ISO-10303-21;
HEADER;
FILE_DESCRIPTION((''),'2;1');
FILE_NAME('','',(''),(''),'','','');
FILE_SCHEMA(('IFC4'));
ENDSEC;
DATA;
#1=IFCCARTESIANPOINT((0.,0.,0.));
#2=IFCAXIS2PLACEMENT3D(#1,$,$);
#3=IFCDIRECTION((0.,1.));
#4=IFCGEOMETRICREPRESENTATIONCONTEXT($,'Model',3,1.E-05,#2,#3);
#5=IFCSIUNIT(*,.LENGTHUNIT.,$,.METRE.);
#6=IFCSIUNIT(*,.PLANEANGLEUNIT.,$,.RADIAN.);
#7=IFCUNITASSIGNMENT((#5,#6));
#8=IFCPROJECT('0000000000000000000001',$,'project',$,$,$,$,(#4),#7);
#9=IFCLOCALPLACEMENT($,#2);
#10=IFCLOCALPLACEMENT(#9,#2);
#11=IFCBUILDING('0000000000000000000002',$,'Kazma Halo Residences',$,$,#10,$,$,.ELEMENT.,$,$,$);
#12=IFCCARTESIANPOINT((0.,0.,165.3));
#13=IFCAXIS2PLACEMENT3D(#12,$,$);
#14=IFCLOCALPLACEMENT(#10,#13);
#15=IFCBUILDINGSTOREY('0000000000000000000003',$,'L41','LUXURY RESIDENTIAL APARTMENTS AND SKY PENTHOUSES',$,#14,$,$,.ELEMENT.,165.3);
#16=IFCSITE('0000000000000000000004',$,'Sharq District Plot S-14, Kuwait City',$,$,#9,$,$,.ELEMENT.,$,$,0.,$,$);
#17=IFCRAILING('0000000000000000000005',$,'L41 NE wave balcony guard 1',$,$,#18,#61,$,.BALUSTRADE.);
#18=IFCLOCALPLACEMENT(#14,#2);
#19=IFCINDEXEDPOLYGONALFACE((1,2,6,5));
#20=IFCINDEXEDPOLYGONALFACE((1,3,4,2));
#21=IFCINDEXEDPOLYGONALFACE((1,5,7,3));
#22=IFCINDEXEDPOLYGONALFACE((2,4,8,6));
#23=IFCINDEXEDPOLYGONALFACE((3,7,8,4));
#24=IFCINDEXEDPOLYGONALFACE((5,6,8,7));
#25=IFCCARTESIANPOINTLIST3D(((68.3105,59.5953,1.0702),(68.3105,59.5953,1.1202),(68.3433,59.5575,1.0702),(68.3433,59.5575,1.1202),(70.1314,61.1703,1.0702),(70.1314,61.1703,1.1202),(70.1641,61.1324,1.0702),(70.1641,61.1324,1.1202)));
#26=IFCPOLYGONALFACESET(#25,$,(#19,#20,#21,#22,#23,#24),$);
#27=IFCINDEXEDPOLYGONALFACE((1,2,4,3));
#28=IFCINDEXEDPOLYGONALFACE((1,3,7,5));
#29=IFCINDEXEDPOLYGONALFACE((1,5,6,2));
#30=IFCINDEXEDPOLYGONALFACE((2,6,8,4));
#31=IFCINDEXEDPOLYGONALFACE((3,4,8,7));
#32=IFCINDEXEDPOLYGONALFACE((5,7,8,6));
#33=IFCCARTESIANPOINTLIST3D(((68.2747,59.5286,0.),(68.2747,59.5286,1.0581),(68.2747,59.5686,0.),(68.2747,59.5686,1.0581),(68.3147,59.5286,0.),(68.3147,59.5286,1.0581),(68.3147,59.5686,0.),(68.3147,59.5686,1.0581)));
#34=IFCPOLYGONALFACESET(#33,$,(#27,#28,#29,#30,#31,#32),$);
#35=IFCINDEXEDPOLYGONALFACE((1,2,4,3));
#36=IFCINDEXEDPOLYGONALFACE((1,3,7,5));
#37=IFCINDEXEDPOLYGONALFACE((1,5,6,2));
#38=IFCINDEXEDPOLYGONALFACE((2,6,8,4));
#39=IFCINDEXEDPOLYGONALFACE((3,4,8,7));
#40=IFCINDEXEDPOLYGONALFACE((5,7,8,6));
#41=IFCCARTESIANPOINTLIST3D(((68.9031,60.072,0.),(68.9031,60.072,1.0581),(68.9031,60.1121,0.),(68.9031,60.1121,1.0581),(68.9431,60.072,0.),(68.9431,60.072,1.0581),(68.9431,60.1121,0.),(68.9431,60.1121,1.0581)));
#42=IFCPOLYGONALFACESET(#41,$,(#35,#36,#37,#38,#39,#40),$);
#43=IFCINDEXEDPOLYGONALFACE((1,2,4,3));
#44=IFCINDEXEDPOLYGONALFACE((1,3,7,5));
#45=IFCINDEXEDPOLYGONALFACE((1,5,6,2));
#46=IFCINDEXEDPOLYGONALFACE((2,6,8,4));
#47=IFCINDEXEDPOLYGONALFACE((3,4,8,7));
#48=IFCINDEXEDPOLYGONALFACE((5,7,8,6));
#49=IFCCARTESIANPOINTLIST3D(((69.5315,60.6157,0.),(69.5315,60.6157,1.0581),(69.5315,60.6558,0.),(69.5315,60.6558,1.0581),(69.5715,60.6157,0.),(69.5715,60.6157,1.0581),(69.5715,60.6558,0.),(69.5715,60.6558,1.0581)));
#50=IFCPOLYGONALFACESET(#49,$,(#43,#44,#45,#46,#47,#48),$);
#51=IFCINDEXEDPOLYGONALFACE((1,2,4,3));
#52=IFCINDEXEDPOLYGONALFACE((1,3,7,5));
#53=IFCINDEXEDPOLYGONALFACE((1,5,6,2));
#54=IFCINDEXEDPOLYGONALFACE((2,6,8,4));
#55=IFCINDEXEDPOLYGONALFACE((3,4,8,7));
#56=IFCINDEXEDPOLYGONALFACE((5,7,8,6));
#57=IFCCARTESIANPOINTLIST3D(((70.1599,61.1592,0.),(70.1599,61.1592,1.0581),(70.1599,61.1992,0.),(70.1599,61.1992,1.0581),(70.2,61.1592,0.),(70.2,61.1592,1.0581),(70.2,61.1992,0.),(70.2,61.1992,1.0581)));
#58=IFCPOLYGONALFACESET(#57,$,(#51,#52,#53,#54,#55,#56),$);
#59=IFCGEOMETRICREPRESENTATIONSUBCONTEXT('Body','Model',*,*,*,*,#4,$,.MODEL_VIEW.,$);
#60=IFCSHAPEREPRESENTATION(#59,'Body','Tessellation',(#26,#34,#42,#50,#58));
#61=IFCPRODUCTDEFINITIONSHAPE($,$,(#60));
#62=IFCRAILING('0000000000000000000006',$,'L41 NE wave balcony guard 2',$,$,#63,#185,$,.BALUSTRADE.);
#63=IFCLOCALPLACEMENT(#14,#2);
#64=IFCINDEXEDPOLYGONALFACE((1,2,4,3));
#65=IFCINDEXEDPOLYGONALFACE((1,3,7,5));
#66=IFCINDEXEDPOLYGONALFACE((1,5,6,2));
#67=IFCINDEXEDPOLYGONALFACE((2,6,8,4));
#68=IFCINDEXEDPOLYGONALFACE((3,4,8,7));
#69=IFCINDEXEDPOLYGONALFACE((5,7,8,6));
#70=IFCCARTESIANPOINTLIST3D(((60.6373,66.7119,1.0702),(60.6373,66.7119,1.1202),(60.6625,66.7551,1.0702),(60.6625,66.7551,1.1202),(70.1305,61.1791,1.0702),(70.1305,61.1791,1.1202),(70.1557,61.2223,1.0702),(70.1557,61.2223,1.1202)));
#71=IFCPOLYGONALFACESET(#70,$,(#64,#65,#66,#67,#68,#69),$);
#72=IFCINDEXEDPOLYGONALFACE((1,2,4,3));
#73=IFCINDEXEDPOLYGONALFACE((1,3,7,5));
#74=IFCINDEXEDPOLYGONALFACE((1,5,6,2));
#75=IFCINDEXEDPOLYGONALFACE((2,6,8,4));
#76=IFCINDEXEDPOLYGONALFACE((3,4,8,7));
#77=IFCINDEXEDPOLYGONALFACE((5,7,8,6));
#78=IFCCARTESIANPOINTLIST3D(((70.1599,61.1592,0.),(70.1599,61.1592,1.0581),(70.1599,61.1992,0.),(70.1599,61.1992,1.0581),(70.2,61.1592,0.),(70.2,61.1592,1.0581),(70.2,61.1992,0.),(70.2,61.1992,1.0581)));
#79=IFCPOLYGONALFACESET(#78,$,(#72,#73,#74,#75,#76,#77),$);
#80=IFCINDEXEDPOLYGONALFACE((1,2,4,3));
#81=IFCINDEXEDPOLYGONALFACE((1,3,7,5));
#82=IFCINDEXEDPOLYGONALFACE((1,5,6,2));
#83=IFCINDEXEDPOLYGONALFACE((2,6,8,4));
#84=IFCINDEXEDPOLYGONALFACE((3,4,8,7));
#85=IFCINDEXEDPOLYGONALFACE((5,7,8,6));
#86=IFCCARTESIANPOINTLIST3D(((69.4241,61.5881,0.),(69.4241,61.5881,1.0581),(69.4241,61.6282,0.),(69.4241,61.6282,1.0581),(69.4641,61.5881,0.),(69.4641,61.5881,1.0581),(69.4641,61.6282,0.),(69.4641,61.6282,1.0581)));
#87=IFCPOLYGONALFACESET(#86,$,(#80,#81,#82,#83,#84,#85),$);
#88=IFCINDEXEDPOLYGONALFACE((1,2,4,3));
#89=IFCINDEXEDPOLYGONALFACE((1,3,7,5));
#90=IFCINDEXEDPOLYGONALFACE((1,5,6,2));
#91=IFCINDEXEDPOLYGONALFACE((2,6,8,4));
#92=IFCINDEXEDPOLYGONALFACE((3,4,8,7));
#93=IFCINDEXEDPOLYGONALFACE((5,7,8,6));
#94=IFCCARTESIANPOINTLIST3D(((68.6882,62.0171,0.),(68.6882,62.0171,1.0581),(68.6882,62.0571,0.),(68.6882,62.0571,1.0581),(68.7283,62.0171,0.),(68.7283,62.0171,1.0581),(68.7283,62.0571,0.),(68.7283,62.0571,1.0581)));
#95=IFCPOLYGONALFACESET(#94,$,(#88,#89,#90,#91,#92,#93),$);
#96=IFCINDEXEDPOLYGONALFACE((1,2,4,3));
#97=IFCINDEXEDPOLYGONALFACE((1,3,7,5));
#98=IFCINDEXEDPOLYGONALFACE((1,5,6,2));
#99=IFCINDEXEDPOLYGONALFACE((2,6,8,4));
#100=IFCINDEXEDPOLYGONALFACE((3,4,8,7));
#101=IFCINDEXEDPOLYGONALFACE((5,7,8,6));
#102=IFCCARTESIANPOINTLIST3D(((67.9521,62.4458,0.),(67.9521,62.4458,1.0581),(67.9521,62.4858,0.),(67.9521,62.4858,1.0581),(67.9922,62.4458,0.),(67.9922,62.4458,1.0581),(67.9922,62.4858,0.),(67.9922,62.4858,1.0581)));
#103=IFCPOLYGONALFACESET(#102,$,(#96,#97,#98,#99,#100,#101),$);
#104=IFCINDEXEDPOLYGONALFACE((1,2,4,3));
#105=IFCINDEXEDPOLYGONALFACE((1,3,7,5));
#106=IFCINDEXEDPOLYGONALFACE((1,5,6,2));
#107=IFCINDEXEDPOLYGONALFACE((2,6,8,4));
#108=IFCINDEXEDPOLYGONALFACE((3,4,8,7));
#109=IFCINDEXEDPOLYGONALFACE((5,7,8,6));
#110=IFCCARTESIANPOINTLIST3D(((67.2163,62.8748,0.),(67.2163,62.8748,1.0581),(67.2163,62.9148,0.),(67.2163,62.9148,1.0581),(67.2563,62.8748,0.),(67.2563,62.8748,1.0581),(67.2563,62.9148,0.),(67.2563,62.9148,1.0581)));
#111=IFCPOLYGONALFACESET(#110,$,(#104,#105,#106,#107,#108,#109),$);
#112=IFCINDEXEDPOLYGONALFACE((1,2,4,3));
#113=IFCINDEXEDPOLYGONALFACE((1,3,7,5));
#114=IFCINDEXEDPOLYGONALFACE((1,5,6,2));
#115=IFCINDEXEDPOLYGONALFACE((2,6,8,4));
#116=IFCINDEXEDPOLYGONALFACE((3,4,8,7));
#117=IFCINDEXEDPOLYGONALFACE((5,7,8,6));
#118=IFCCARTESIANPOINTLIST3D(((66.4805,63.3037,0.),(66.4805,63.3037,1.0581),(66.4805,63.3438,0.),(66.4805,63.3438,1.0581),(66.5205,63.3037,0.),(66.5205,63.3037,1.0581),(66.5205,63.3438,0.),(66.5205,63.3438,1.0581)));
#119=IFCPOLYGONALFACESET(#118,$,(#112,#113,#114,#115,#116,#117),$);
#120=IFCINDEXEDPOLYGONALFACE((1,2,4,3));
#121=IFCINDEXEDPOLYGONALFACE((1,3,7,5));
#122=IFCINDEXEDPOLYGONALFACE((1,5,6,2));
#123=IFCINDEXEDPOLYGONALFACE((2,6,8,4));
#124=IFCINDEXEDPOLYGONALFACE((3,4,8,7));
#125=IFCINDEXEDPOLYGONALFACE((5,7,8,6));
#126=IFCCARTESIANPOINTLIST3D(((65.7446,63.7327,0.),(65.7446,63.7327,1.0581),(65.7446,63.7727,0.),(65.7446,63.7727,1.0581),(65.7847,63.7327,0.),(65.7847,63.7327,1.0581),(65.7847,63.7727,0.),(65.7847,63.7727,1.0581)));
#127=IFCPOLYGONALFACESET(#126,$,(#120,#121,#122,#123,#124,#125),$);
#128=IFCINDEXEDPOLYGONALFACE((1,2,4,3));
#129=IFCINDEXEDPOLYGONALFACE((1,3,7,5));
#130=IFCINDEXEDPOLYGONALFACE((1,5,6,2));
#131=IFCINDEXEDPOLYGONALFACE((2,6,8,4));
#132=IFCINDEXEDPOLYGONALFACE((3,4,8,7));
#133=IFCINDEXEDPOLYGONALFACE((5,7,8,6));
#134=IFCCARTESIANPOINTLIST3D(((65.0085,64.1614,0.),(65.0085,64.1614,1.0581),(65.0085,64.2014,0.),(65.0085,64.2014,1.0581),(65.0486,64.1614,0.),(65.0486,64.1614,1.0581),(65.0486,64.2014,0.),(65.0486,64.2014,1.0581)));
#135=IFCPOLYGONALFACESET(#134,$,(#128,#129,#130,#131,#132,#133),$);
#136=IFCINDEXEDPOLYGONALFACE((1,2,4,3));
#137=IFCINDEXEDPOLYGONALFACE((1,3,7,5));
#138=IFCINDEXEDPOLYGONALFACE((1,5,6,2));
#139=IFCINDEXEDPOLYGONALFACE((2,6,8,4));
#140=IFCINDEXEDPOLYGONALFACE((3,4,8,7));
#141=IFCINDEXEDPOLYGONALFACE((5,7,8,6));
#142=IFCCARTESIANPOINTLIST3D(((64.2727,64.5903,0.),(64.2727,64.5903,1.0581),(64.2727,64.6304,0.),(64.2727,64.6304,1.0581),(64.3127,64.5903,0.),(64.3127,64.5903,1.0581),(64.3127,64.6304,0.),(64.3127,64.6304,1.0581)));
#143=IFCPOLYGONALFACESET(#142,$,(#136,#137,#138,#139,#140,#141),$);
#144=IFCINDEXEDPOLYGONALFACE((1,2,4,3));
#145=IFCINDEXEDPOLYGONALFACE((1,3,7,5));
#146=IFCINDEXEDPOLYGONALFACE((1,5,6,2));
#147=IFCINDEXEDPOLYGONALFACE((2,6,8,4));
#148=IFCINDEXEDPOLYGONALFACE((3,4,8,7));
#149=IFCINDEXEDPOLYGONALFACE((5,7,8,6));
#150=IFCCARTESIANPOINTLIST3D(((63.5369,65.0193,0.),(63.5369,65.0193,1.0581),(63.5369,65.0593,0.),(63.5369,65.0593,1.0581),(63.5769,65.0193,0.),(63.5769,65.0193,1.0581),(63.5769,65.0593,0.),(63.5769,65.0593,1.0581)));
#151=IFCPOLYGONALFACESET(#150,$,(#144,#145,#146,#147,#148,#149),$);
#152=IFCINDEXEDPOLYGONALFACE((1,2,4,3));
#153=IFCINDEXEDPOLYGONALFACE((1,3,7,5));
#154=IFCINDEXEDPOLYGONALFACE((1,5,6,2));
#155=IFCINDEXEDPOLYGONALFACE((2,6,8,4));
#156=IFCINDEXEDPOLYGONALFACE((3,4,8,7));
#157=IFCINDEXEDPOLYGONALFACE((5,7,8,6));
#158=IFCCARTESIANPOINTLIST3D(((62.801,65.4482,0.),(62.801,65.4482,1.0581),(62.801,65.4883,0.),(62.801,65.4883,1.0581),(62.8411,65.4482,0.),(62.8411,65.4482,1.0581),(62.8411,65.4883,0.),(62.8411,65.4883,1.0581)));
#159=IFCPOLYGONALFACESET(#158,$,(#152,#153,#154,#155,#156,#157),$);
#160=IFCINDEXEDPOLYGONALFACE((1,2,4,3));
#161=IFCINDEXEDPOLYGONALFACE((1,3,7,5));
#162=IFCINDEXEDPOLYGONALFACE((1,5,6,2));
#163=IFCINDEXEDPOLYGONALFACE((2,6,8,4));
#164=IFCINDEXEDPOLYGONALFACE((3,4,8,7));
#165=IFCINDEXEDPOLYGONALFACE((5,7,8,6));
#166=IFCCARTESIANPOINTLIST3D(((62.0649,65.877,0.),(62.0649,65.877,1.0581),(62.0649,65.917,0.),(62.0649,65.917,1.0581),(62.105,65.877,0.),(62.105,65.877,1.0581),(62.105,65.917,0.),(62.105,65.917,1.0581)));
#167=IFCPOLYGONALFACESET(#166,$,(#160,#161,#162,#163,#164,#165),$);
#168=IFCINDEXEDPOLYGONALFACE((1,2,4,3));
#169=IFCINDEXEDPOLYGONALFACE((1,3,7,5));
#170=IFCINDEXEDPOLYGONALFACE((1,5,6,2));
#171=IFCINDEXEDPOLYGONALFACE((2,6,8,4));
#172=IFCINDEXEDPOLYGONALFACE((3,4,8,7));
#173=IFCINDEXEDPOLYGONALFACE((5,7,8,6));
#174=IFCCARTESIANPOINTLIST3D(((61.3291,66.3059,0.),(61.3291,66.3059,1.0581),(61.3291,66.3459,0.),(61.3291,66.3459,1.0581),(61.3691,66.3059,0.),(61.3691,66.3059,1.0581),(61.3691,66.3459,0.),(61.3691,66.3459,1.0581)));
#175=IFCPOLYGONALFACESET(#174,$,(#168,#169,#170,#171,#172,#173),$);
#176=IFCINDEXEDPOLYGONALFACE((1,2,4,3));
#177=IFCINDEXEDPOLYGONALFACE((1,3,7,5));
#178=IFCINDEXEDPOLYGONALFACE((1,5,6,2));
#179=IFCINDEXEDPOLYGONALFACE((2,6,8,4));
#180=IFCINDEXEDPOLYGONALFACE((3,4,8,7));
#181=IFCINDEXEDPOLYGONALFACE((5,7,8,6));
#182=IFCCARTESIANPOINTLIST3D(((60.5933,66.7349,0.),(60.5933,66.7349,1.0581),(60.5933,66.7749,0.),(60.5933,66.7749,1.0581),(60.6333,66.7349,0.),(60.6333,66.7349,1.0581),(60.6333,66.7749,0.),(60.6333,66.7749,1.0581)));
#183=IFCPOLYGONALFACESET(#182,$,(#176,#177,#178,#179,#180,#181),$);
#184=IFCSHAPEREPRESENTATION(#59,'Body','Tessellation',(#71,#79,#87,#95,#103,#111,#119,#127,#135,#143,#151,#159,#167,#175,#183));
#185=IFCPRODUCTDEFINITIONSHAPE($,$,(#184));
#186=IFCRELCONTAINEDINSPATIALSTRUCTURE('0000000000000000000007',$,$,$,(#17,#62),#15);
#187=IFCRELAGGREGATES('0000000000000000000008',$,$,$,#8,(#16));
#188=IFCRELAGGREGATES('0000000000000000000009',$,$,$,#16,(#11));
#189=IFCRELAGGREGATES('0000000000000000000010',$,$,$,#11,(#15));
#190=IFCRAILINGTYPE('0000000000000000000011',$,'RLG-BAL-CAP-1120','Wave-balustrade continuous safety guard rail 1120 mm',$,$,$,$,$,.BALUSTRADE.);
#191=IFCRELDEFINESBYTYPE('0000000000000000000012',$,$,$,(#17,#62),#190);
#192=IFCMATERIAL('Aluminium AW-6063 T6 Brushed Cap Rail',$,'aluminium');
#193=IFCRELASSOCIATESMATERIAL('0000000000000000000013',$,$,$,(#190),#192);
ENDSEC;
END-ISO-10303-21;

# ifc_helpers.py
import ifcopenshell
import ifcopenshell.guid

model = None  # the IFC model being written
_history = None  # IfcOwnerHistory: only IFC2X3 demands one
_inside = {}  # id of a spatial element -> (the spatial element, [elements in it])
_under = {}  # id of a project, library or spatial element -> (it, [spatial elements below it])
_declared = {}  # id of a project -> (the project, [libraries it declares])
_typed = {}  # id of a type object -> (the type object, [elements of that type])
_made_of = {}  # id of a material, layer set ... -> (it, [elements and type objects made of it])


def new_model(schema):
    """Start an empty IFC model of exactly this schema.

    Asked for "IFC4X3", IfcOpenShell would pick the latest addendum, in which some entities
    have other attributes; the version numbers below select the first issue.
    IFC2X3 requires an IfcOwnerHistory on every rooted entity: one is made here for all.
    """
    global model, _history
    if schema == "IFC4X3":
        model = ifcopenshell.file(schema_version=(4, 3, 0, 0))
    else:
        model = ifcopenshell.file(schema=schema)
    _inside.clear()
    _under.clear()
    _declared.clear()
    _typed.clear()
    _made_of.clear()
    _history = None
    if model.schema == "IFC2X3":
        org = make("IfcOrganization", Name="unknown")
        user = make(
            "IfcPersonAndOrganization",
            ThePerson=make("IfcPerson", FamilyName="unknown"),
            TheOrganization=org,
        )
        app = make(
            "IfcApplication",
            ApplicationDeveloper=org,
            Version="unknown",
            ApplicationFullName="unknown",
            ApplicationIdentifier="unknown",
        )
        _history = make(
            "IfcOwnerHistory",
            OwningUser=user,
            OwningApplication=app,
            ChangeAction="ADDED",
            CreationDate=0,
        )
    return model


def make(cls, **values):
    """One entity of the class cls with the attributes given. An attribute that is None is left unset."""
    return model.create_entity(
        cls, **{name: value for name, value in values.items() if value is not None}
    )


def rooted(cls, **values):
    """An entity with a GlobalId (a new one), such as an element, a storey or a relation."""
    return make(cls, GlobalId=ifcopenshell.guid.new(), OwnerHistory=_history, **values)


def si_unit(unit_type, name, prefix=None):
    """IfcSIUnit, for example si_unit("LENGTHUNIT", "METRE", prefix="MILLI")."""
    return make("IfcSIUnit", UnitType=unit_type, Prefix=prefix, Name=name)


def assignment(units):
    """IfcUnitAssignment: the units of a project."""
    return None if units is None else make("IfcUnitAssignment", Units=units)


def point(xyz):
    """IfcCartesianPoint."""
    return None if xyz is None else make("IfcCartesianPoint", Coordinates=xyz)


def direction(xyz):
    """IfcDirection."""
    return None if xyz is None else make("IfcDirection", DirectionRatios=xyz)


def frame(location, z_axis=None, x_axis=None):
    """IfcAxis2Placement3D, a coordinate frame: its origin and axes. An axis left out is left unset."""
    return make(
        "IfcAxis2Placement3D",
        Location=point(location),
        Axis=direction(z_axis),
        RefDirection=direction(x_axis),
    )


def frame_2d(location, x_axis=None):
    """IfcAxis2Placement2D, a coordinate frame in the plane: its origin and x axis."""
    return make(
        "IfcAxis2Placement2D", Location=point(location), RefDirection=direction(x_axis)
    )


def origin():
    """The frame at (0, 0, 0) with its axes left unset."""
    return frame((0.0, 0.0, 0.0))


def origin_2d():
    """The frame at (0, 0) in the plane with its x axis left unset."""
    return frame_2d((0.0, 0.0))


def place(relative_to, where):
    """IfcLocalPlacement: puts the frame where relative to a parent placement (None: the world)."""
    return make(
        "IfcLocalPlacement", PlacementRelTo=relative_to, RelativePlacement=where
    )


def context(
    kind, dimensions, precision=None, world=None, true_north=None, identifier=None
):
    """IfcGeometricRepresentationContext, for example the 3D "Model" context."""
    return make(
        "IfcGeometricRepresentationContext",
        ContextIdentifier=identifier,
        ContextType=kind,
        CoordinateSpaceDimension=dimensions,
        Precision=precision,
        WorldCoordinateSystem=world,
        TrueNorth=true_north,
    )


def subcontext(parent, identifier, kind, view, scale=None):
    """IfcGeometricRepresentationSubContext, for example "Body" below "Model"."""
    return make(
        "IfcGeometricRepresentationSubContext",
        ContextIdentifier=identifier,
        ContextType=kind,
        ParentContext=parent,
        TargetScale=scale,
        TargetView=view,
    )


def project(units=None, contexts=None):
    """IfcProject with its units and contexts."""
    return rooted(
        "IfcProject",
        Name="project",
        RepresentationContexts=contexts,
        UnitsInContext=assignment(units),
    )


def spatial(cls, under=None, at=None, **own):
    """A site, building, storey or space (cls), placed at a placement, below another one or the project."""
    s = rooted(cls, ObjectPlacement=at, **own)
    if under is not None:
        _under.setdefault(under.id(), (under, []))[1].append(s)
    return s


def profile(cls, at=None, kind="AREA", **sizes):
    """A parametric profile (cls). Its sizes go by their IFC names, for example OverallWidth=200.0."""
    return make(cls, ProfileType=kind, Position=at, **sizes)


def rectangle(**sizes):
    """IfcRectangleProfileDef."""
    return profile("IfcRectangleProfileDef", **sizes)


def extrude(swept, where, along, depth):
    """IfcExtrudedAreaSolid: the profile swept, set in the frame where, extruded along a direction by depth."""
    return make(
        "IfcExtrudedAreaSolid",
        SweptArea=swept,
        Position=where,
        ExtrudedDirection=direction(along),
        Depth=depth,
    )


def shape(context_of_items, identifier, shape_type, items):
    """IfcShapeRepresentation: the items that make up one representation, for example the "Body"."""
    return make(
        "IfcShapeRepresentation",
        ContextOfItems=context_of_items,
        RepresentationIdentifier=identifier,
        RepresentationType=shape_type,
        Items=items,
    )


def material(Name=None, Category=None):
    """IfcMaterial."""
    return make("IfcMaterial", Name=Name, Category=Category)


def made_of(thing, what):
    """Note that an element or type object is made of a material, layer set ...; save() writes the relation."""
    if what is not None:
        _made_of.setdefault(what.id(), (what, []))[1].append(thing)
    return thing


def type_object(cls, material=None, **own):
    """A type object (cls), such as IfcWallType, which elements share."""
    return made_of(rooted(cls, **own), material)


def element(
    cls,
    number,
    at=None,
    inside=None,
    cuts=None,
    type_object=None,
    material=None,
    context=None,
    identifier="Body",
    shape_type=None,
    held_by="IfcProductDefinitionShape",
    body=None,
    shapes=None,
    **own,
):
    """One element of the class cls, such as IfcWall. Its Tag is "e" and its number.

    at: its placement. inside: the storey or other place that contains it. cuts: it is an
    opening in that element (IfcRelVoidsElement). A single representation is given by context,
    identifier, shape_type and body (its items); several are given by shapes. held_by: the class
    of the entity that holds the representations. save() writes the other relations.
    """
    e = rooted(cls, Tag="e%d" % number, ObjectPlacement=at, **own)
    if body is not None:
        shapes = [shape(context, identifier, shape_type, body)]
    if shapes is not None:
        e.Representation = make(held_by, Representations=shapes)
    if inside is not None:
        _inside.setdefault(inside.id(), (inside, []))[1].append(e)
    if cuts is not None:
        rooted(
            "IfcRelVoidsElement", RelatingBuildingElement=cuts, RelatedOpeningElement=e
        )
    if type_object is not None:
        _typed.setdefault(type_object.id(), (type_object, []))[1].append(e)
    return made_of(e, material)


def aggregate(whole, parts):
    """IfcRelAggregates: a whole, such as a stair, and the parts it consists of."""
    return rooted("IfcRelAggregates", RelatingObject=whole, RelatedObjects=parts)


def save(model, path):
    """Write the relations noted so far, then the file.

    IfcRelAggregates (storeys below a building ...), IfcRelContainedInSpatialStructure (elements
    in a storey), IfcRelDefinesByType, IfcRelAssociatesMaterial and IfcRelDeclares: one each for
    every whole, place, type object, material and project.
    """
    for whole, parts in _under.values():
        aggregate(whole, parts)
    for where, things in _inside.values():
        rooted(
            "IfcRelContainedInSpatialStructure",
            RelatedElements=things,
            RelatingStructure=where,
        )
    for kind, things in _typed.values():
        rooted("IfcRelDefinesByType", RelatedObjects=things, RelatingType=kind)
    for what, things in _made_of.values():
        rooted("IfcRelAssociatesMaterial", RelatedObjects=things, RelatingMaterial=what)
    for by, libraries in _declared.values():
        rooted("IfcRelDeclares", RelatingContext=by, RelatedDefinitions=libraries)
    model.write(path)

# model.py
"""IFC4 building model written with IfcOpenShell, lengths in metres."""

from ifc_helpers import new_model, si_unit, direction, frame, origin, origin_2d, place, context, subcontext, project, spatial, rectangle, extrude, material, type_object, element, save


model = new_model("IFC4")

# Units and contexts
model_context = context("Model", 3, precision=1e-05, world=origin(), true_north=direction((0.0, 1.0)))
body_context = subcontext(model_context, "Body", "Model", "MODEL_VIEW")
ifc_project = project(units=[si_unit("LENGTHUNIT", "METRE"), si_unit("PLANEANGLEUNIT", "RADIAN")], contexts=[model_context])

# Site, building, storey
site_placement = place(None, origin())
site = spatial("IfcSite", under=ifc_project, at=site_placement, Name="Sharq District Plot S-14, Kuwait City", CompositionType="ELEMENT", RefElevation=0.0)
building_placement = place(site_placement, origin())
building = spatial("IfcBuilding", under=site, at=building_placement, Name="Kazma Halo Residences", CompositionType="ELEMENT")
storey_placement = place(building_placement, frame((0.0, 0.0, 165.3)))
storey = spatial("IfcBuildingStorey", under=building, at=storey_placement, Name="L41", Description="LUXURY RESIDENTIAL APARTMENTS AND SKY PENTHOUSES", CompositionType="ELEMENT", Elevation=165.3)

# Railings
ifc_material_1 = material(Name="Aluminium AW-6063 T6 Brushed Cap Rail", Category="aluminium")
railing_type = type_object("IfcRailingType", Name="RLG-BAL-CAP-1120", Description="Wave-balustrade continuous safety guard rail 1120 mm", PredefinedType="BALUSTRADE", material=ifc_material_1)
railing_1_placement = place(storey_placement, frame((68.2947, 59.5486, 0.0)))
element("IfcRailing", 1, at=railing_1_placement, inside=storey, type_object=railing_type, Name="L41 NE wave balcony guard 1", PredefinedType="BALUSTRADE", context=body_context, shape_type="SweptSolid", body=[
    extrude(rectangle(XDim=0.05, YDim=0.05, at=origin_2d()), frame((0.0322, 0.0278, 1.0952), z_axis=(0.756338, 0.654181, 0.0), x_axis=(-0.654181, 0.756338, 0.0)), (0.0, 0.0, 1.0), 2.4075),
    extrude(rectangle(XDim=0.04, YDim=0.04, at=origin_2d()), origin(), (0.0, 0.0, 1.0), 1.0581),
    extrude(rectangle(XDim=0.04, YDim=0.04, at=origin_2d()), frame((0.6284, 0.5435, 0.0)), (0.0, 0.0, 1.0), 1.0581),
    extrude(rectangle(XDim=0.04, YDim=0.04, at=origin_2d()), frame((1.2568, 1.0872, 0.0)), (0.0, 0.0, 1.0), 1.0581),
    extrude(rectangle(XDim=0.04, YDim=0.04, at=origin_2d()), frame((1.8853, 1.6306, 0.0)), (0.0, 0.0, 1.0), 1.0581),
])
railing_2_placement = place(storey_placement, frame((70.1799, 61.1792, 0.0)))
element("IfcRailing", 2, at=railing_2_placement, inside=storey, type_object=railing_type, Name="L41 NE wave balcony guard 2", PredefinedType="BALUSTRADE", context=body_context, shape_type="SweptSolid", body=[
    extrude(rectangle(XDim=0.05, YDim=0.05, at=origin_2d()), frame((-0.0369, 0.0215, 1.0952), z_axis=(-0.86397, 0.503543, 0.0), x_axis=(-0.503543, -0.86397, 0.0)), (0.0, 0.0, 1.0), 10.9878),
    extrude(rectangle(XDim=0.04, YDim=0.04, at=origin_2d()), origin(), (0.0, 0.0, 1.0), 1.0581),
    extrude(rectangle(XDim=0.04, YDim=0.04, at=origin_2d()), frame((-0.7358, 0.429, 0.0)), (0.0, 0.0, 1.0), 1.0581),
    extrude(rectangle(XDim=0.04, YDim=0.04, at=origin_2d()), frame((-1.4717, 0.8579, 0.0)), (0.0, 0.0, 1.0), 1.0581),
    extrude(rectangle(XDim=0.04, YDim=0.04, at=origin_2d()), frame((-2.2078, 1.2866, 0.0)), (0.0, 0.0, 1.0), 1.0581),
    extrude(rectangle(XDim=0.04, YDim=0.04, at=origin_2d()), frame((-2.9436, 1.7156, 0.0)), (0.0, 0.0, 1.0), 1.0581),
    extrude(rectangle(XDim=0.04, YDim=0.04, at=origin_2d()), frame((-3.6794, 2.1445, 0.0)), (0.0, 0.0, 1.0), 1.0581),
    extrude(rectangle(XDim=0.04, YDim=0.04, at=origin_2d()), frame((-4.4153, 2.5735, 0.0)), (0.0, 0.0, 1.0), 1.0581),
    extrude(rectangle(XDim=0.04, YDim=0.04, at=origin_2d()), frame((-5.1514, 3.0022, 0.0)), (0.0, 0.0, 1.0), 1.0581),
    extrude(rectangle(XDim=0.04, YDim=0.04, at=origin_2d()), frame((-5.8872, 3.4312, 0.0)), (0.0, 0.0, 1.0), 1.0581),
    extrude(rectangle(XDim=0.04, YDim=0.04, at=origin_2d()), frame((-6.623, 3.8601, 0.0)), (0.0, 0.0, 1.0), 1.0581),
    extrude(rectangle(XDim=0.04, YDim=0.04, at=origin_2d()), frame((-7.3589, 4.2891, 0.0)), (0.0, 0.0, 1.0), 1.0581),
    extrude(rectangle(XDim=0.04, YDim=0.04, at=origin_2d()), frame((-8.095, 4.7178, 0.0)), (0.0, 0.0, 1.0), 1.0581),
    extrude(rectangle(XDim=0.04, YDim=0.04, at=origin_2d()), frame((-8.8308, 5.1467, 0.0)), (0.0, 0.0, 1.0), 1.0581),
    extrude(rectangle(XDim=0.04, YDim=0.04, at=origin_2d()), frame((-9.5667, 5.5757, 0.0)), (0.0, 0.0, 1.0), 1.0581),
])

save(model, "model.ifc")
